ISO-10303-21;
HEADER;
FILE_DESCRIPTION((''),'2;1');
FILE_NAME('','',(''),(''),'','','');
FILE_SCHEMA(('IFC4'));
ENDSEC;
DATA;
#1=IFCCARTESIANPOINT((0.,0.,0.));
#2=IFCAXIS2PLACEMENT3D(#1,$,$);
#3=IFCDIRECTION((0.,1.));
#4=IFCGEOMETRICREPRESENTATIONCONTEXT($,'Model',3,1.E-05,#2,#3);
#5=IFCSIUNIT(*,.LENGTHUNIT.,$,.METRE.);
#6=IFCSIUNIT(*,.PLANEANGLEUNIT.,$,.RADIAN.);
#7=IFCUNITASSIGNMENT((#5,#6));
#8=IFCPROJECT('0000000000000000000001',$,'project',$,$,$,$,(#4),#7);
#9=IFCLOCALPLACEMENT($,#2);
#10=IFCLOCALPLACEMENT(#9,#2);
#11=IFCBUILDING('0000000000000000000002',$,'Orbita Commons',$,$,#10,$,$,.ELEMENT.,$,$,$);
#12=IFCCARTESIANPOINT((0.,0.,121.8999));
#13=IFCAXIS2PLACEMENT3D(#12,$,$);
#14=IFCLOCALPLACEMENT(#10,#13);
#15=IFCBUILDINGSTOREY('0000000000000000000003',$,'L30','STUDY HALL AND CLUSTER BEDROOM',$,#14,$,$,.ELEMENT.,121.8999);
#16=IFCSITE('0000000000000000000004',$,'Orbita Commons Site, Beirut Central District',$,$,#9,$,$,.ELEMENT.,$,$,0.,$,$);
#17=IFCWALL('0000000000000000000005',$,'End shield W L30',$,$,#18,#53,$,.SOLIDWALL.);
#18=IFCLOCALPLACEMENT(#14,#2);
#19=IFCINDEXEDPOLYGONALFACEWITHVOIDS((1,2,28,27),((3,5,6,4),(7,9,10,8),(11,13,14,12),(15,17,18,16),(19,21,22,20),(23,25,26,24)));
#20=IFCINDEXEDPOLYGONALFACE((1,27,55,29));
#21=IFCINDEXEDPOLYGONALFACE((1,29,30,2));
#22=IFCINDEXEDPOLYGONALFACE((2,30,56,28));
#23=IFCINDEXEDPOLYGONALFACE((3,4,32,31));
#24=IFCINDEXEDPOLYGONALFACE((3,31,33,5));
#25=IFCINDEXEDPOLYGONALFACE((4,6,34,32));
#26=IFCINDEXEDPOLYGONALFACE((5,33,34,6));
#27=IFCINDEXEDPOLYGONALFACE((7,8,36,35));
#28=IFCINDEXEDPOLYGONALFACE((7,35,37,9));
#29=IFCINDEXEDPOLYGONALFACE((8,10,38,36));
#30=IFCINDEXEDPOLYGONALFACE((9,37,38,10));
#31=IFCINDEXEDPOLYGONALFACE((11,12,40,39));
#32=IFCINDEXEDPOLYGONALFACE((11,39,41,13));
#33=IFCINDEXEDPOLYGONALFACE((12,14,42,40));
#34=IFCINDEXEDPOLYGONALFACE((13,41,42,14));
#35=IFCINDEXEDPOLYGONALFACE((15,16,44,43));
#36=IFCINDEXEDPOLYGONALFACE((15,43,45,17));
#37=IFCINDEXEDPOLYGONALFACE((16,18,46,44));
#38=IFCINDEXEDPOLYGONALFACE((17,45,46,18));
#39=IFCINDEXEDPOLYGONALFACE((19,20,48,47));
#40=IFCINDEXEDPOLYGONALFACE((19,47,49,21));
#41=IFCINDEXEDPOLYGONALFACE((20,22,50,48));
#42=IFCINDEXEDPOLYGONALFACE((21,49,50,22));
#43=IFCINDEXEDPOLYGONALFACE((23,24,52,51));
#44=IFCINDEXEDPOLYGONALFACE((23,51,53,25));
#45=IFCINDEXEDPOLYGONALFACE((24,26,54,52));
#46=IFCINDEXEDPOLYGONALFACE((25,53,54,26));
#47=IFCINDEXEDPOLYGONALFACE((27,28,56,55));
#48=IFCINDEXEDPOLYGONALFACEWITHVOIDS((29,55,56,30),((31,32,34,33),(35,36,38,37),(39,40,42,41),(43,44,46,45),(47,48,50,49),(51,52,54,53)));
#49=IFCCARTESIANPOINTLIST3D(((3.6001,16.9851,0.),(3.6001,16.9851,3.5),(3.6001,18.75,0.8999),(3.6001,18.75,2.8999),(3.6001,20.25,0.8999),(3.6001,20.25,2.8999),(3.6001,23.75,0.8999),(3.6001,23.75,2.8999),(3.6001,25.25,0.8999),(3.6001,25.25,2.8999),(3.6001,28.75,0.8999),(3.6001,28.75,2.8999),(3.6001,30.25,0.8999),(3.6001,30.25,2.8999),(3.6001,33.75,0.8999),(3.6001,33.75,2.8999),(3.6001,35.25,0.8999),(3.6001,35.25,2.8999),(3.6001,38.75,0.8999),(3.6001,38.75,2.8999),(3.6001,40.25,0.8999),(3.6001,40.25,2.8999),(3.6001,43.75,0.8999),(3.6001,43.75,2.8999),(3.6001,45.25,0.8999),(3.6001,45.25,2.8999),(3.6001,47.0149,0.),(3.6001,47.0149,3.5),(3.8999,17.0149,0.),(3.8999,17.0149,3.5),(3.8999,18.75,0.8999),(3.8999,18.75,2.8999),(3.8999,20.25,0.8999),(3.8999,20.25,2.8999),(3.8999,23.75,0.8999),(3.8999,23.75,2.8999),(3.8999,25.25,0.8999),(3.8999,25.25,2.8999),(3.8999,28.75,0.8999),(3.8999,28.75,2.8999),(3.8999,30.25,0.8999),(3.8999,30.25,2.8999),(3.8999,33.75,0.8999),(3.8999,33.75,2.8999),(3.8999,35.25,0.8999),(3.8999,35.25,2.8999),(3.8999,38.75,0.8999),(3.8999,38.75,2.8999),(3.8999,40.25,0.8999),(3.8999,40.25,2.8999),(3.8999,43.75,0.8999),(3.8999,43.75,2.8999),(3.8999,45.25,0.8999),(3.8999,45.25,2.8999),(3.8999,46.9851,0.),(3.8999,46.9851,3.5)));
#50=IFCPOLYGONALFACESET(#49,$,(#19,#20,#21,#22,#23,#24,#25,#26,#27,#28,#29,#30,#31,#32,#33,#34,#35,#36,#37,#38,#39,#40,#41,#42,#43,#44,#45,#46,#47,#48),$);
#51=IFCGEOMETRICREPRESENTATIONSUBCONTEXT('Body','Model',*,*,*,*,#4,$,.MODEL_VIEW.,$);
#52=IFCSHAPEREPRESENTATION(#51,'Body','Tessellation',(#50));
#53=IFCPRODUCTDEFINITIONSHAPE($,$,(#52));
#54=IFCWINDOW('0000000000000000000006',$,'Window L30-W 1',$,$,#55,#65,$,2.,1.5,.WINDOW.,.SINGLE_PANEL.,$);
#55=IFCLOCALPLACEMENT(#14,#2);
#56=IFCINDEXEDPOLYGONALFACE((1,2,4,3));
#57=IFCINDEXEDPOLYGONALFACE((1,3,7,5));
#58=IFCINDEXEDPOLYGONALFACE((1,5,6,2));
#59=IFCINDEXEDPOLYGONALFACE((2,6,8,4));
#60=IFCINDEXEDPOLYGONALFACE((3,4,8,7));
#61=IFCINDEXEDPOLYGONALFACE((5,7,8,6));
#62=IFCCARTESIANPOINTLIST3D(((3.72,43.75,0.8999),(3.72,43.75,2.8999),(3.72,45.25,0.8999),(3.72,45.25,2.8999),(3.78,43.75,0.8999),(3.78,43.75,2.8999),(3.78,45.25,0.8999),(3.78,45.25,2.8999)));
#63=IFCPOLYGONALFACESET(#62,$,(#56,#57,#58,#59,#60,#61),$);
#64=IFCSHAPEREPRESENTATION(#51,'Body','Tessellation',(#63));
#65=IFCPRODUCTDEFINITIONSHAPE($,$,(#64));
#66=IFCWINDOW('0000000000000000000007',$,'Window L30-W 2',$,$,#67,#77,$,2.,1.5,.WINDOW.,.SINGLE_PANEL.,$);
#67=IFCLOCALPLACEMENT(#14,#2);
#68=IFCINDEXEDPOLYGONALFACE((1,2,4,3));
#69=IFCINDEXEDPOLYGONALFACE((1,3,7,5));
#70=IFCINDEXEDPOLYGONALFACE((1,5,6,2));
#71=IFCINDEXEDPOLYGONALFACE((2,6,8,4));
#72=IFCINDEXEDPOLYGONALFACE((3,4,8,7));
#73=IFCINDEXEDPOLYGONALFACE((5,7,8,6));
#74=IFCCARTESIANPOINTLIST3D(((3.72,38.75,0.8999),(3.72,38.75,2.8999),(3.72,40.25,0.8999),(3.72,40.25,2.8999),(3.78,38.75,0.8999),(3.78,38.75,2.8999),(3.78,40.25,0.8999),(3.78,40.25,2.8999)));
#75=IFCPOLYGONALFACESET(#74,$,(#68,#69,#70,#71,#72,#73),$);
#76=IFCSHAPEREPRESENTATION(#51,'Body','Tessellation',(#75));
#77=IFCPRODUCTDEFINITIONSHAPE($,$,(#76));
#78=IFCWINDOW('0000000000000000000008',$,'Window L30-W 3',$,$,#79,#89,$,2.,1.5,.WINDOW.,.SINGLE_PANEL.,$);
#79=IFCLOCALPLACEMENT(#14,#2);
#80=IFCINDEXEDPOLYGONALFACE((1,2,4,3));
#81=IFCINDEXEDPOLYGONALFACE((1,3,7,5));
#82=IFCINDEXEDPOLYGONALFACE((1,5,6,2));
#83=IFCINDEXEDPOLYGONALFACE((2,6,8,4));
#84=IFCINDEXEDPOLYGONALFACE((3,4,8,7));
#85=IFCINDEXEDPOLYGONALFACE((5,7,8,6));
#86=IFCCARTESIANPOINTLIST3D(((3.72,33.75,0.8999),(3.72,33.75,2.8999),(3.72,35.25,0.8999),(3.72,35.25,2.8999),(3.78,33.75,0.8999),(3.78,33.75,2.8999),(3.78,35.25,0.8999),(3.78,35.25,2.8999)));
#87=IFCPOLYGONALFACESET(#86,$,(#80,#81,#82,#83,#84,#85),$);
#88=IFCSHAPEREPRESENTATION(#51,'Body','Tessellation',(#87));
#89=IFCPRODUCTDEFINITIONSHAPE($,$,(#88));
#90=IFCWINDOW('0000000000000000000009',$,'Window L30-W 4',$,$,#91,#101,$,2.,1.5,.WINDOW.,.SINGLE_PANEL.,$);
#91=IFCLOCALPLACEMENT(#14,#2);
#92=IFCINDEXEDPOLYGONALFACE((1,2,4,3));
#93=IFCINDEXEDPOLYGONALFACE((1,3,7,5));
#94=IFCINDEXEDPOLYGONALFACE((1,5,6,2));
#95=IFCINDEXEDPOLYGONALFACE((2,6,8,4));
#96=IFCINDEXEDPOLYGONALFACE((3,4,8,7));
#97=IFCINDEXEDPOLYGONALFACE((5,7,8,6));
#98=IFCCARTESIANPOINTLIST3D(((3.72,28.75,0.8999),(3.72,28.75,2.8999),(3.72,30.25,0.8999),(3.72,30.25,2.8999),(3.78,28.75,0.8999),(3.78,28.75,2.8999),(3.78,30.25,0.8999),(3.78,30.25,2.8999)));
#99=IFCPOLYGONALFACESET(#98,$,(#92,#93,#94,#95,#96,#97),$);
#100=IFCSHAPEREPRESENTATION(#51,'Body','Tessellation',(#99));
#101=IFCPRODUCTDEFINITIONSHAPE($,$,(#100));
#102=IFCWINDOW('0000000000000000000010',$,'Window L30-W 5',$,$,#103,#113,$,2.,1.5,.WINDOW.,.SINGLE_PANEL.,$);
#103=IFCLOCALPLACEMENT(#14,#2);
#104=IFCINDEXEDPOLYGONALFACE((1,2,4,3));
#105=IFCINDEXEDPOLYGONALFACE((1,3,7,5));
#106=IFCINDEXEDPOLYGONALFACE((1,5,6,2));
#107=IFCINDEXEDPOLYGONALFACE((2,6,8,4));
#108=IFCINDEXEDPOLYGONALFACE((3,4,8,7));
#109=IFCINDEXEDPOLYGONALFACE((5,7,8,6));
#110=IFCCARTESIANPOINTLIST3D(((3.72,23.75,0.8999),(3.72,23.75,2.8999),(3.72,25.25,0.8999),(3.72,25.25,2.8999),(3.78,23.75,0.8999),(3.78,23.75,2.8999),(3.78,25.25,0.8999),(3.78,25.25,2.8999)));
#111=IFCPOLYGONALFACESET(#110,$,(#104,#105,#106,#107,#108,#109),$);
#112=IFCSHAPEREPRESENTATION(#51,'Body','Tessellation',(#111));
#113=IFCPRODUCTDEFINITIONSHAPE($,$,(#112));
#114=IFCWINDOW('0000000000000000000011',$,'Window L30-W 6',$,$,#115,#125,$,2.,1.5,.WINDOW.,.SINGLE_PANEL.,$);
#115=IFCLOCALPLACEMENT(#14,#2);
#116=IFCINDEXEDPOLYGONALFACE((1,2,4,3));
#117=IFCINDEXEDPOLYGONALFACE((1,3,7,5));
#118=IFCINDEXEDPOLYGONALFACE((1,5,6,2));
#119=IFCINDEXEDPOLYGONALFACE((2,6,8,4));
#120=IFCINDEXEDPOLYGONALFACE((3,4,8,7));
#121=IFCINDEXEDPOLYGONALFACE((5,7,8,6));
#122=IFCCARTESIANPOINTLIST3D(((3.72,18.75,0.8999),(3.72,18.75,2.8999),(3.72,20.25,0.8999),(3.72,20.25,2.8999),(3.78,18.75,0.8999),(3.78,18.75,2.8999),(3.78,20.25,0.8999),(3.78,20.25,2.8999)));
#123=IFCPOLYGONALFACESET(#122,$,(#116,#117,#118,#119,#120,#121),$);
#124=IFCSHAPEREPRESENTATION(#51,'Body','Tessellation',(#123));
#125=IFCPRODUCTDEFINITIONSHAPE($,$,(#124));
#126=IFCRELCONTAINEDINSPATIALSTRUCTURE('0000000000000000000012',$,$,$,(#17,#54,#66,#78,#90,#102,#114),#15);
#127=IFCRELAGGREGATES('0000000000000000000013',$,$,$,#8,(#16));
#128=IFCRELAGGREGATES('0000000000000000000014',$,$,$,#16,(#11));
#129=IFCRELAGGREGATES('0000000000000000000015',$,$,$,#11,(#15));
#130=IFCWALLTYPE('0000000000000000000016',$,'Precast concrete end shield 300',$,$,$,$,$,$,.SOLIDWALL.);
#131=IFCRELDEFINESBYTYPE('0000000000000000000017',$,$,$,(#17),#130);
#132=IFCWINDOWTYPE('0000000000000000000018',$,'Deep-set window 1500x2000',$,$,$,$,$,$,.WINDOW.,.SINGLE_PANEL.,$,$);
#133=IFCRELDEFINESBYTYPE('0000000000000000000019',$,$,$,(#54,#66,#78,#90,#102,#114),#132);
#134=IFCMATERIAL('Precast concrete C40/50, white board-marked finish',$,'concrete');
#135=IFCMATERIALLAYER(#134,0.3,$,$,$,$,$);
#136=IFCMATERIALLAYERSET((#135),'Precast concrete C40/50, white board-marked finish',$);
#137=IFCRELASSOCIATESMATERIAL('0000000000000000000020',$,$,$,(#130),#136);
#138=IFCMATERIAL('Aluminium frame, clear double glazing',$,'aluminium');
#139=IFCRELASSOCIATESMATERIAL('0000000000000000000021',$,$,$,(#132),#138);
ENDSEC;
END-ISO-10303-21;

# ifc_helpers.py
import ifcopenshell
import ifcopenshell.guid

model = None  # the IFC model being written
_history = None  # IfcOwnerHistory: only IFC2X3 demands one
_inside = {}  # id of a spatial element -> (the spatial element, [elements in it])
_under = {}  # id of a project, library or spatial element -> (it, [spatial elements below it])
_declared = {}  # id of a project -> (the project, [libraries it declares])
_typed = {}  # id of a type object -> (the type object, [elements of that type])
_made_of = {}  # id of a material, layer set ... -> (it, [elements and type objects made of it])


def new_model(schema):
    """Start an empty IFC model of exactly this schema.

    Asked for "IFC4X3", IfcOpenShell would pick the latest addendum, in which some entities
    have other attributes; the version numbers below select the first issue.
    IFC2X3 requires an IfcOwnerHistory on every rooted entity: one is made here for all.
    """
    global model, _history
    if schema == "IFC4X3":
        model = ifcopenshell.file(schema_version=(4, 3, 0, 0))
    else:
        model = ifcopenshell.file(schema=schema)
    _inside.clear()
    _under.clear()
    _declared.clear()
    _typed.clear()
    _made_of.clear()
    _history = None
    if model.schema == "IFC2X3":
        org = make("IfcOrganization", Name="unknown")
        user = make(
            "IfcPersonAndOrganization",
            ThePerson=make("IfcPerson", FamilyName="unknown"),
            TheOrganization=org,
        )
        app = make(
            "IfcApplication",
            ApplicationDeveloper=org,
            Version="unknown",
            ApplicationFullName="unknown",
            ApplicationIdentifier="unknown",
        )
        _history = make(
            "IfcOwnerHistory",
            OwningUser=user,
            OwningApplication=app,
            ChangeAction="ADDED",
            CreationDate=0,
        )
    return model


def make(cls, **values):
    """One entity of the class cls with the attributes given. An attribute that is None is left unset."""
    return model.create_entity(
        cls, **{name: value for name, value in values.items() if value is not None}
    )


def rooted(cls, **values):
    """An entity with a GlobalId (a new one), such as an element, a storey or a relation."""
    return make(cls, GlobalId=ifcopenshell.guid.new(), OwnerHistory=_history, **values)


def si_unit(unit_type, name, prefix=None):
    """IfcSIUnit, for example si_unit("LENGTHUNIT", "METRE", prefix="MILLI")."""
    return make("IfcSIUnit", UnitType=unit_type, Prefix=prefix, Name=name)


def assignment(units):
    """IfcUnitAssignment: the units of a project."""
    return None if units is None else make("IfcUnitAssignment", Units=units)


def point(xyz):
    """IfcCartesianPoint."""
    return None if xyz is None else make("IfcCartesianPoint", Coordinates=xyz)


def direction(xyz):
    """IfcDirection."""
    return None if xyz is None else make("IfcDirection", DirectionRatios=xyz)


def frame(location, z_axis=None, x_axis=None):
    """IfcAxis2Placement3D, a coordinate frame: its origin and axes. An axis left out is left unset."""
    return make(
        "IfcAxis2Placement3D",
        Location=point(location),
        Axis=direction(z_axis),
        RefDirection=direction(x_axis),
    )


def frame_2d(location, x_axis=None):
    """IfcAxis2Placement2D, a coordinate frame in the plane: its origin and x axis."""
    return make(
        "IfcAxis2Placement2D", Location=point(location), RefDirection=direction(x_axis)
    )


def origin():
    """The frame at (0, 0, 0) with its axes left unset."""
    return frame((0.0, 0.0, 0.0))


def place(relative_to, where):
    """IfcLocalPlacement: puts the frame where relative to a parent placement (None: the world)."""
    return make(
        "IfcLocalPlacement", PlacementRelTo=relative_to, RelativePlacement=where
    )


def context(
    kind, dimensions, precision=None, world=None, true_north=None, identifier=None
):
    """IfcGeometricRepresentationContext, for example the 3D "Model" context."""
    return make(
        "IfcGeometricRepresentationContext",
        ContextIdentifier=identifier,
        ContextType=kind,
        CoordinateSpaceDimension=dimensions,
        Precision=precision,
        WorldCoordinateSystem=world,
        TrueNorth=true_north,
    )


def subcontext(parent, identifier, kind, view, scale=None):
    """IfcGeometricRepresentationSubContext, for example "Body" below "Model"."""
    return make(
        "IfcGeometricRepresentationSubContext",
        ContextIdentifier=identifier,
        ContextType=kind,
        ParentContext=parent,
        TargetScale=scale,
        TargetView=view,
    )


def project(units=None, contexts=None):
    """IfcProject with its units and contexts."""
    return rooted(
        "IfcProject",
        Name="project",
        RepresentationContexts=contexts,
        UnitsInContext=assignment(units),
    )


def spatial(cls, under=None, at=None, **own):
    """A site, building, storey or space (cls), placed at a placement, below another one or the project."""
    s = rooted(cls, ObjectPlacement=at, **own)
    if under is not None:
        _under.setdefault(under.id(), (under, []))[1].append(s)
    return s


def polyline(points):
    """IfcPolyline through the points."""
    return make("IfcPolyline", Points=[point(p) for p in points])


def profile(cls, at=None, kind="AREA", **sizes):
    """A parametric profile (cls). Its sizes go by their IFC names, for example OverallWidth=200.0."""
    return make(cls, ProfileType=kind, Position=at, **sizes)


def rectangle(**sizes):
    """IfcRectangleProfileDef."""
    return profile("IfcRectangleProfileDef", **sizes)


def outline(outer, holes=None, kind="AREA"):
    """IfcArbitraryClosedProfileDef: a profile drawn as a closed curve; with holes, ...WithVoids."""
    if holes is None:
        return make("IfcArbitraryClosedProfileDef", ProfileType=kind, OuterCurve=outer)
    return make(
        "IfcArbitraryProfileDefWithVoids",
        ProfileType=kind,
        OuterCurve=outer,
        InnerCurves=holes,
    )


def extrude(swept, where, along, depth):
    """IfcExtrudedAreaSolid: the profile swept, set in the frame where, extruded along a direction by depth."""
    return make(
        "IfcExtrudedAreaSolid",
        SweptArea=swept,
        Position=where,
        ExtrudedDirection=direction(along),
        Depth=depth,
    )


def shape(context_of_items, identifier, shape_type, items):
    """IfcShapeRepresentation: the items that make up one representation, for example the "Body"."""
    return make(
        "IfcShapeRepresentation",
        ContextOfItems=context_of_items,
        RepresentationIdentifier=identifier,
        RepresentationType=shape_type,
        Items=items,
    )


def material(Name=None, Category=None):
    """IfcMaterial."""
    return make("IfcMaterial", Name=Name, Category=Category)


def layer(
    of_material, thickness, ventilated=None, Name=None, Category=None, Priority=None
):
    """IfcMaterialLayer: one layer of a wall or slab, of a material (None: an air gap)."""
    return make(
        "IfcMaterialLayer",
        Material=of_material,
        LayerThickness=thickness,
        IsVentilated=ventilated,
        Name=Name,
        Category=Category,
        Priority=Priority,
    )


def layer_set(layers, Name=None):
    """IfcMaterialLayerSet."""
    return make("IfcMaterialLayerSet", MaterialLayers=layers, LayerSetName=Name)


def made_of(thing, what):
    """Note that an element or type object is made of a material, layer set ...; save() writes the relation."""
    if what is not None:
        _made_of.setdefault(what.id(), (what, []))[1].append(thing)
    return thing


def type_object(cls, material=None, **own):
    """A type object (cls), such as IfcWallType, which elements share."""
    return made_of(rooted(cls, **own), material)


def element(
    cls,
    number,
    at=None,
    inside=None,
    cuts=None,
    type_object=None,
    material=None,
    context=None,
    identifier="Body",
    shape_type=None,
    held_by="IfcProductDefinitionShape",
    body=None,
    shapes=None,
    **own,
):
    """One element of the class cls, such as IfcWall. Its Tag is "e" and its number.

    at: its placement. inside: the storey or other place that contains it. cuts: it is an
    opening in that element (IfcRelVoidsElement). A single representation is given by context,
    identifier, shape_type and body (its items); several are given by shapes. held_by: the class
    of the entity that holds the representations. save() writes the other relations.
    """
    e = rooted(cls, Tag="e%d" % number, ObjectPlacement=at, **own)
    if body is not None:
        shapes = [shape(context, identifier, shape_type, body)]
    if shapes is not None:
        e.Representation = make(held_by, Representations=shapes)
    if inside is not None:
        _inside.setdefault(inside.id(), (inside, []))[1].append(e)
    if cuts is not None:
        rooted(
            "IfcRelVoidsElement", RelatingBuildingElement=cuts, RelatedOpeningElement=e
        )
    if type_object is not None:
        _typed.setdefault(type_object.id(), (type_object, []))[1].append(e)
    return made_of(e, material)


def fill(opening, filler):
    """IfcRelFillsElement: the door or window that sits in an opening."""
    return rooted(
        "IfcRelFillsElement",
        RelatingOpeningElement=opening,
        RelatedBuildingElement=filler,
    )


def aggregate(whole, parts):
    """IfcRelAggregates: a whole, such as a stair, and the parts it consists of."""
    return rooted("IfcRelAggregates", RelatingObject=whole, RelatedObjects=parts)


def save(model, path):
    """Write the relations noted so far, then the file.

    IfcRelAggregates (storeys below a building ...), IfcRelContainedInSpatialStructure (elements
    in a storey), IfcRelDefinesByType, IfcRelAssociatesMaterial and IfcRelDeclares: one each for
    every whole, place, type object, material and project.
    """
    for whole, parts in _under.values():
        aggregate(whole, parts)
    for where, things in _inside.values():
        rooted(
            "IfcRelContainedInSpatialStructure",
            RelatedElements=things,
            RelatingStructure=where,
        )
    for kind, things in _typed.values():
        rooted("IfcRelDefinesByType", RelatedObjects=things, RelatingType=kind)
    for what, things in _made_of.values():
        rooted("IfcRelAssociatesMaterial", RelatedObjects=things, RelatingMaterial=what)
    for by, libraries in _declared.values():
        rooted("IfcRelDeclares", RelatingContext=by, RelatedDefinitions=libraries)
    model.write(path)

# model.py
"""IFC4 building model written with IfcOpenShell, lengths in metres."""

from ifc_helpers import new_model, si_unit, direction, frame, frame_2d, origin, place, context, subcontext, project, spatial, polyline, rectangle, outline, extrude, material, layer, layer_set, type_object, element, fill, save


model = new_model("IFC4")

# Units and contexts
model_context = context("Model", 3, precision=1e-05, world=origin(), true_north=direction((0.0, 1.0)))
body_context = subcontext(model_context, "Body", "Model", "MODEL_VIEW")
ifc_project = project(units=[si_unit("LENGTHUNIT", "METRE"), si_unit("PLANEANGLEUNIT", "RADIAN")], contexts=[model_context])

# Site, building, storey
site_placement = place(None, origin())
site = spatial("IfcSite", under=ifc_project, at=site_placement, Name="Orbita Commons Site, Beirut Central District", CompositionType="ELEMENT", RefElevation=0.0)
building_placement = place(site_placement, origin())
building = spatial("IfcBuilding", under=site, at=building_placement, Name="Orbita Commons", CompositionType="ELEMENT")
storey_placement = place(building_placement, frame((0.0, 0.0, 121.8999)))
storey = spatial("IfcBuildingStorey", under=building, at=storey_placement, Name="L30", Description="STUDY HALL AND CLUSTER BEDROOM", CompositionType="ELEMENT", Elevation=121.8999)

# Wall, openings, windows
ifc_material_1 = material(Name="Precast concrete C40/50, white board-marked finish", Category="concrete")
ifc_layer_1 = layer(ifc_material_1, 0.3)
ifc_layer_set_1 = layer_set([ifc_layer_1], Name="Precast concrete C40/50, white board-marked finish")
wall_type_1 = type_object("IfcWallType", Name="Precast concrete end shield 300", PredefinedType="SOLIDWALL", material=ifc_layer_set_1)
wall_1_placement = place(storey_placement, frame((3.75, 47.0, 0.0), z_axis=(0.0, 0.0, 1.0), x_axis=(0.0, -1.0, 0.0)))
wall_1 = element("IfcWall", 1, at=wall_1_placement, inside=storey, type_object=wall_type_1, Name="End shield W L30", PredefinedType="SOLIDWALL", context=body_context, shape_type="SweptSolid", body=[
    extrude(outline(polyline([(-0.0149, -0.1499), (30.0149, -0.1499), (29.9851, 0.1499), (0.0149, 0.1499), (-0.0149, -0.1499)])), origin(), (0.0, 0.0, 1.0), 3.5),
])
opening_1_placement = place(wall_1_placement, frame((1.75, 0.0, 0.8999)))
opening_1 = element("IfcOpeningElement", 2, at=opening_1_placement, cuts=wall_1, PredefinedType="OPENING", context=body_context, shape_type="SweptSolid", body=[
    extrude(rectangle(XDim=1.5, YDim=2.0, at=frame_2d((0.75, 1.0))), frame((0.0, 0.1599, 0.0), z_axis=(0.0, -1.0, 0.0), x_axis=(1.0, 0.0, 0.0)), (0.0, 0.0, 1.0), 0.3201),
])
opening_2_placement = place(wall_1_placement, frame((6.75, 0.0, 0.8999)))
opening_2 = element("IfcOpeningElement", 3, at=opening_2_placement, cuts=wall_1, PredefinedType="OPENING", context=body_context, shape_type="SweptSolid", body=[
    extrude(rectangle(XDim=1.5, YDim=2.0, at=frame_2d((0.75, 1.0))), frame((0.0, 0.1599, 0.0), z_axis=(0.0, -1.0, 0.0), x_axis=(1.0, 0.0, 0.0)), (0.0, 0.0, 1.0), 0.3201),
])
opening_3_placement = place(wall_1_placement, frame((11.75, 0.0, 0.8999)))
opening_3 = element("IfcOpeningElement", 4, at=opening_3_placement, cuts=wall_1, PredefinedType="OPENING", context=body_context, shape_type="SweptSolid", body=[
    extrude(rectangle(XDim=1.5, YDim=2.0, at=frame_2d((0.75, 1.0))), frame((0.0, 0.1599, 0.0), z_axis=(0.0, -1.0, 0.0), x_axis=(1.0, 0.0, 0.0)), (0.0, 0.0, 1.0), 0.3201),
])
opening_4_placement = place(wall_1_placement, frame((16.75, 0.0, 0.8999)))
opening_4 = element("IfcOpeningElement", 5, at=opening_4_placement, cuts=wall_1, PredefinedType="OPENING", context=body_context, shape_type="SweptSolid", body=[
    extrude(rectangle(XDim=1.5, YDim=2.0, at=frame_2d((0.75, 1.0))), frame((0.0, 0.1599, 0.0), z_axis=(0.0, -1.0, 0.0), x_axis=(1.0, 0.0, 0.0)), (0.0, 0.0, 1.0), 0.3201),
])
opening_5_placement = place(wall_1_placement, frame((21.75, 0.0, 0.8999)))
opening_5 = element("IfcOpeningElement", 6, at=opening_5_placement, cuts=wall_1, PredefinedType="OPENING", context=body_context, shape_type="SweptSolid", body=[
    extrude(rectangle(XDim=1.5, YDim=2.0, at=frame_2d((0.75, 1.0))), frame((0.0, 0.1599, 0.0), z_axis=(0.0, -1.0, 0.0), x_axis=(1.0, 0.0, 0.0)), (0.0, 0.0, 1.0), 0.3201),
])
opening_6_placement = place(wall_1_placement, frame((26.75, 0.0, 0.8999)))
opening_6 = element("IfcOpeningElement", 7, at=opening_6_placement, cuts=wall_1, PredefinedType="OPENING", context=body_context, shape_type="SweptSolid", body=[
    extrude(rectangle(XDim=1.5, YDim=2.0, at=frame_2d((0.75, 1.0))), frame((0.0, 0.1599, 0.0), z_axis=(0.0, -1.0, 0.0), x_axis=(1.0, 0.0, 0.0)), (0.0, 0.0, 1.0), 0.3201),
])
ifc_material_2 = material(Name="Aluminium frame, clear double glazing", Category="aluminium")
window_type = type_object("IfcWindowType", Name="Deep-set window 1500x2000", PartitioningType="SINGLE_PANEL", PredefinedType="WINDOW", material=ifc_material_2)
window_1_placement = place(opening_1_placement, origin())
window_1 = element("IfcWindow", 8, at=window_1_placement, inside=storey, type_object=window_type, Name="Window L30-W 1", OverallHeight=2.0, OverallWidth=1.5, PartitioningType="SINGLE_PANEL", PredefinedType="WINDOW", context=body_context, shape_type="SweptSolid", body=[
    extrude(rectangle(XDim=1.5, YDim=2.0, at=frame_2d((0.75, 1.0))), frame((0.0, 0.03, 0.0), z_axis=(0.0, -1.0, 0.0), x_axis=(1.0, 0.0, 0.0)), (0.0, 0.0, 1.0), 0.0601),
])
fill(opening_1, window_1)
window_2_placement = place(opening_2_placement, origin())
window_2 = element("IfcWindow", 9, at=window_2_placement, inside=storey, type_object=window_type, Name="Window L30-W 2", OverallHeight=2.0, OverallWidth=1.5, PartitioningType="SINGLE_PANEL", PredefinedType="WINDOW", context=body_context, shape_type="SweptSolid", body=[
    extrude(rectangle(XDim=1.5, YDim=2.0, at=frame_2d((0.75, 1.0))), frame((0.0, 0.03, 0.0), z_axis=(0.0, -1.0, 0.0), x_axis=(1.0, 0.0, 0.0)), (0.0, 0.0, 1.0), 0.0601),
])
fill(opening_2, window_2)
window_3_placement = place(opening_3_placement, origin())
window_3 = element("IfcWindow", 10, at=window_3_placement, inside=storey, type_object=window_type, Name="Window L30-W 3", OverallHeight=2.0, OverallWidth=1.5, PartitioningType="SINGLE_PANEL", PredefinedType="WINDOW", context=body_context, shape_type="SweptSolid", body=[
    extrude(rectangle(XDim=1.5, YDim=2.0, at=frame_2d((0.75, 1.0))), frame((0.0, 0.03, 0.0), z_axis=(0.0, -1.0, 0.0), x_axis=(1.0, 0.0, 0.0)), (0.0, 0.0, 1.0), 0.0601),
])
fill(opening_3, window_3)
window_4_placement = place(opening_4_placement, origin())
window_4 = element("IfcWindow", 11, at=window_4_placement, inside=storey, type_object=window_type, Name="Window L30-W 4", OverallHeight=2.0, OverallWidth=1.5, PartitioningType="SINGLE_PANEL", PredefinedType="WINDOW", context=body_context, shape_type="SweptSolid", body=[
    extrude(rectangle(XDim=1.5, YDim=2.0, at=frame_2d((0.75, 1.0))), frame((0.0, 0.03, 0.0), z_axis=(0.0, -1.0, 0.0), x_axis=(1.0, 0.0, 0.0)), (0.0, 0.0, 1.0), 0.0601),
])
fill(opening_4, window_4)
window_5_placement = place(opening_5_placement, origin())
window_5 = element("IfcWindow", 12, at=window_5_placement, inside=storey, type_object=window_type, Name="Window L30-W 5", OverallHeight=2.0, OverallWidth=1.5, PartitioningType="SINGLE_PANEL", PredefinedType="WINDOW", context=body_context, shape_type="SweptSolid", body=[
    extrude(rectangle(XDim=1.5, YDim=2.0, at=frame_2d((0.75, 1.0))), frame((0.0, 0.03, 0.0), z_axis=(0.0, -1.0, 0.0), x_axis=(1.0, 0.0, 0.0)), (0.0, 0.0, 1.0), 0.0601),
])
fill(opening_5, window_5)
window_6_placement = place(opening_6_placement, origin())
window_6 = element("IfcWindow", 13, at=window_6_placement, inside=storey, type_object=window_type, Name="Window L30-W 6", OverallHeight=2.0, OverallWidth=1.5, PartitioningType="SINGLE_PANEL", PredefinedType="WINDOW", context=body_context, shape_type="SweptSolid", body=[
    extrude(rectangle(XDim=1.5, YDim=2.0, at=frame_2d((0.75, 1.0))), frame((0.0, 0.03, 0.0), z_axis=(0.0, -1.0, 0.0), x_axis=(1.0, 0.0, 0.0)), (0.0, 0.0, 1.0), 0.0601),
])
fill(opening_6, window_6)

save(model, "model.ifc")
